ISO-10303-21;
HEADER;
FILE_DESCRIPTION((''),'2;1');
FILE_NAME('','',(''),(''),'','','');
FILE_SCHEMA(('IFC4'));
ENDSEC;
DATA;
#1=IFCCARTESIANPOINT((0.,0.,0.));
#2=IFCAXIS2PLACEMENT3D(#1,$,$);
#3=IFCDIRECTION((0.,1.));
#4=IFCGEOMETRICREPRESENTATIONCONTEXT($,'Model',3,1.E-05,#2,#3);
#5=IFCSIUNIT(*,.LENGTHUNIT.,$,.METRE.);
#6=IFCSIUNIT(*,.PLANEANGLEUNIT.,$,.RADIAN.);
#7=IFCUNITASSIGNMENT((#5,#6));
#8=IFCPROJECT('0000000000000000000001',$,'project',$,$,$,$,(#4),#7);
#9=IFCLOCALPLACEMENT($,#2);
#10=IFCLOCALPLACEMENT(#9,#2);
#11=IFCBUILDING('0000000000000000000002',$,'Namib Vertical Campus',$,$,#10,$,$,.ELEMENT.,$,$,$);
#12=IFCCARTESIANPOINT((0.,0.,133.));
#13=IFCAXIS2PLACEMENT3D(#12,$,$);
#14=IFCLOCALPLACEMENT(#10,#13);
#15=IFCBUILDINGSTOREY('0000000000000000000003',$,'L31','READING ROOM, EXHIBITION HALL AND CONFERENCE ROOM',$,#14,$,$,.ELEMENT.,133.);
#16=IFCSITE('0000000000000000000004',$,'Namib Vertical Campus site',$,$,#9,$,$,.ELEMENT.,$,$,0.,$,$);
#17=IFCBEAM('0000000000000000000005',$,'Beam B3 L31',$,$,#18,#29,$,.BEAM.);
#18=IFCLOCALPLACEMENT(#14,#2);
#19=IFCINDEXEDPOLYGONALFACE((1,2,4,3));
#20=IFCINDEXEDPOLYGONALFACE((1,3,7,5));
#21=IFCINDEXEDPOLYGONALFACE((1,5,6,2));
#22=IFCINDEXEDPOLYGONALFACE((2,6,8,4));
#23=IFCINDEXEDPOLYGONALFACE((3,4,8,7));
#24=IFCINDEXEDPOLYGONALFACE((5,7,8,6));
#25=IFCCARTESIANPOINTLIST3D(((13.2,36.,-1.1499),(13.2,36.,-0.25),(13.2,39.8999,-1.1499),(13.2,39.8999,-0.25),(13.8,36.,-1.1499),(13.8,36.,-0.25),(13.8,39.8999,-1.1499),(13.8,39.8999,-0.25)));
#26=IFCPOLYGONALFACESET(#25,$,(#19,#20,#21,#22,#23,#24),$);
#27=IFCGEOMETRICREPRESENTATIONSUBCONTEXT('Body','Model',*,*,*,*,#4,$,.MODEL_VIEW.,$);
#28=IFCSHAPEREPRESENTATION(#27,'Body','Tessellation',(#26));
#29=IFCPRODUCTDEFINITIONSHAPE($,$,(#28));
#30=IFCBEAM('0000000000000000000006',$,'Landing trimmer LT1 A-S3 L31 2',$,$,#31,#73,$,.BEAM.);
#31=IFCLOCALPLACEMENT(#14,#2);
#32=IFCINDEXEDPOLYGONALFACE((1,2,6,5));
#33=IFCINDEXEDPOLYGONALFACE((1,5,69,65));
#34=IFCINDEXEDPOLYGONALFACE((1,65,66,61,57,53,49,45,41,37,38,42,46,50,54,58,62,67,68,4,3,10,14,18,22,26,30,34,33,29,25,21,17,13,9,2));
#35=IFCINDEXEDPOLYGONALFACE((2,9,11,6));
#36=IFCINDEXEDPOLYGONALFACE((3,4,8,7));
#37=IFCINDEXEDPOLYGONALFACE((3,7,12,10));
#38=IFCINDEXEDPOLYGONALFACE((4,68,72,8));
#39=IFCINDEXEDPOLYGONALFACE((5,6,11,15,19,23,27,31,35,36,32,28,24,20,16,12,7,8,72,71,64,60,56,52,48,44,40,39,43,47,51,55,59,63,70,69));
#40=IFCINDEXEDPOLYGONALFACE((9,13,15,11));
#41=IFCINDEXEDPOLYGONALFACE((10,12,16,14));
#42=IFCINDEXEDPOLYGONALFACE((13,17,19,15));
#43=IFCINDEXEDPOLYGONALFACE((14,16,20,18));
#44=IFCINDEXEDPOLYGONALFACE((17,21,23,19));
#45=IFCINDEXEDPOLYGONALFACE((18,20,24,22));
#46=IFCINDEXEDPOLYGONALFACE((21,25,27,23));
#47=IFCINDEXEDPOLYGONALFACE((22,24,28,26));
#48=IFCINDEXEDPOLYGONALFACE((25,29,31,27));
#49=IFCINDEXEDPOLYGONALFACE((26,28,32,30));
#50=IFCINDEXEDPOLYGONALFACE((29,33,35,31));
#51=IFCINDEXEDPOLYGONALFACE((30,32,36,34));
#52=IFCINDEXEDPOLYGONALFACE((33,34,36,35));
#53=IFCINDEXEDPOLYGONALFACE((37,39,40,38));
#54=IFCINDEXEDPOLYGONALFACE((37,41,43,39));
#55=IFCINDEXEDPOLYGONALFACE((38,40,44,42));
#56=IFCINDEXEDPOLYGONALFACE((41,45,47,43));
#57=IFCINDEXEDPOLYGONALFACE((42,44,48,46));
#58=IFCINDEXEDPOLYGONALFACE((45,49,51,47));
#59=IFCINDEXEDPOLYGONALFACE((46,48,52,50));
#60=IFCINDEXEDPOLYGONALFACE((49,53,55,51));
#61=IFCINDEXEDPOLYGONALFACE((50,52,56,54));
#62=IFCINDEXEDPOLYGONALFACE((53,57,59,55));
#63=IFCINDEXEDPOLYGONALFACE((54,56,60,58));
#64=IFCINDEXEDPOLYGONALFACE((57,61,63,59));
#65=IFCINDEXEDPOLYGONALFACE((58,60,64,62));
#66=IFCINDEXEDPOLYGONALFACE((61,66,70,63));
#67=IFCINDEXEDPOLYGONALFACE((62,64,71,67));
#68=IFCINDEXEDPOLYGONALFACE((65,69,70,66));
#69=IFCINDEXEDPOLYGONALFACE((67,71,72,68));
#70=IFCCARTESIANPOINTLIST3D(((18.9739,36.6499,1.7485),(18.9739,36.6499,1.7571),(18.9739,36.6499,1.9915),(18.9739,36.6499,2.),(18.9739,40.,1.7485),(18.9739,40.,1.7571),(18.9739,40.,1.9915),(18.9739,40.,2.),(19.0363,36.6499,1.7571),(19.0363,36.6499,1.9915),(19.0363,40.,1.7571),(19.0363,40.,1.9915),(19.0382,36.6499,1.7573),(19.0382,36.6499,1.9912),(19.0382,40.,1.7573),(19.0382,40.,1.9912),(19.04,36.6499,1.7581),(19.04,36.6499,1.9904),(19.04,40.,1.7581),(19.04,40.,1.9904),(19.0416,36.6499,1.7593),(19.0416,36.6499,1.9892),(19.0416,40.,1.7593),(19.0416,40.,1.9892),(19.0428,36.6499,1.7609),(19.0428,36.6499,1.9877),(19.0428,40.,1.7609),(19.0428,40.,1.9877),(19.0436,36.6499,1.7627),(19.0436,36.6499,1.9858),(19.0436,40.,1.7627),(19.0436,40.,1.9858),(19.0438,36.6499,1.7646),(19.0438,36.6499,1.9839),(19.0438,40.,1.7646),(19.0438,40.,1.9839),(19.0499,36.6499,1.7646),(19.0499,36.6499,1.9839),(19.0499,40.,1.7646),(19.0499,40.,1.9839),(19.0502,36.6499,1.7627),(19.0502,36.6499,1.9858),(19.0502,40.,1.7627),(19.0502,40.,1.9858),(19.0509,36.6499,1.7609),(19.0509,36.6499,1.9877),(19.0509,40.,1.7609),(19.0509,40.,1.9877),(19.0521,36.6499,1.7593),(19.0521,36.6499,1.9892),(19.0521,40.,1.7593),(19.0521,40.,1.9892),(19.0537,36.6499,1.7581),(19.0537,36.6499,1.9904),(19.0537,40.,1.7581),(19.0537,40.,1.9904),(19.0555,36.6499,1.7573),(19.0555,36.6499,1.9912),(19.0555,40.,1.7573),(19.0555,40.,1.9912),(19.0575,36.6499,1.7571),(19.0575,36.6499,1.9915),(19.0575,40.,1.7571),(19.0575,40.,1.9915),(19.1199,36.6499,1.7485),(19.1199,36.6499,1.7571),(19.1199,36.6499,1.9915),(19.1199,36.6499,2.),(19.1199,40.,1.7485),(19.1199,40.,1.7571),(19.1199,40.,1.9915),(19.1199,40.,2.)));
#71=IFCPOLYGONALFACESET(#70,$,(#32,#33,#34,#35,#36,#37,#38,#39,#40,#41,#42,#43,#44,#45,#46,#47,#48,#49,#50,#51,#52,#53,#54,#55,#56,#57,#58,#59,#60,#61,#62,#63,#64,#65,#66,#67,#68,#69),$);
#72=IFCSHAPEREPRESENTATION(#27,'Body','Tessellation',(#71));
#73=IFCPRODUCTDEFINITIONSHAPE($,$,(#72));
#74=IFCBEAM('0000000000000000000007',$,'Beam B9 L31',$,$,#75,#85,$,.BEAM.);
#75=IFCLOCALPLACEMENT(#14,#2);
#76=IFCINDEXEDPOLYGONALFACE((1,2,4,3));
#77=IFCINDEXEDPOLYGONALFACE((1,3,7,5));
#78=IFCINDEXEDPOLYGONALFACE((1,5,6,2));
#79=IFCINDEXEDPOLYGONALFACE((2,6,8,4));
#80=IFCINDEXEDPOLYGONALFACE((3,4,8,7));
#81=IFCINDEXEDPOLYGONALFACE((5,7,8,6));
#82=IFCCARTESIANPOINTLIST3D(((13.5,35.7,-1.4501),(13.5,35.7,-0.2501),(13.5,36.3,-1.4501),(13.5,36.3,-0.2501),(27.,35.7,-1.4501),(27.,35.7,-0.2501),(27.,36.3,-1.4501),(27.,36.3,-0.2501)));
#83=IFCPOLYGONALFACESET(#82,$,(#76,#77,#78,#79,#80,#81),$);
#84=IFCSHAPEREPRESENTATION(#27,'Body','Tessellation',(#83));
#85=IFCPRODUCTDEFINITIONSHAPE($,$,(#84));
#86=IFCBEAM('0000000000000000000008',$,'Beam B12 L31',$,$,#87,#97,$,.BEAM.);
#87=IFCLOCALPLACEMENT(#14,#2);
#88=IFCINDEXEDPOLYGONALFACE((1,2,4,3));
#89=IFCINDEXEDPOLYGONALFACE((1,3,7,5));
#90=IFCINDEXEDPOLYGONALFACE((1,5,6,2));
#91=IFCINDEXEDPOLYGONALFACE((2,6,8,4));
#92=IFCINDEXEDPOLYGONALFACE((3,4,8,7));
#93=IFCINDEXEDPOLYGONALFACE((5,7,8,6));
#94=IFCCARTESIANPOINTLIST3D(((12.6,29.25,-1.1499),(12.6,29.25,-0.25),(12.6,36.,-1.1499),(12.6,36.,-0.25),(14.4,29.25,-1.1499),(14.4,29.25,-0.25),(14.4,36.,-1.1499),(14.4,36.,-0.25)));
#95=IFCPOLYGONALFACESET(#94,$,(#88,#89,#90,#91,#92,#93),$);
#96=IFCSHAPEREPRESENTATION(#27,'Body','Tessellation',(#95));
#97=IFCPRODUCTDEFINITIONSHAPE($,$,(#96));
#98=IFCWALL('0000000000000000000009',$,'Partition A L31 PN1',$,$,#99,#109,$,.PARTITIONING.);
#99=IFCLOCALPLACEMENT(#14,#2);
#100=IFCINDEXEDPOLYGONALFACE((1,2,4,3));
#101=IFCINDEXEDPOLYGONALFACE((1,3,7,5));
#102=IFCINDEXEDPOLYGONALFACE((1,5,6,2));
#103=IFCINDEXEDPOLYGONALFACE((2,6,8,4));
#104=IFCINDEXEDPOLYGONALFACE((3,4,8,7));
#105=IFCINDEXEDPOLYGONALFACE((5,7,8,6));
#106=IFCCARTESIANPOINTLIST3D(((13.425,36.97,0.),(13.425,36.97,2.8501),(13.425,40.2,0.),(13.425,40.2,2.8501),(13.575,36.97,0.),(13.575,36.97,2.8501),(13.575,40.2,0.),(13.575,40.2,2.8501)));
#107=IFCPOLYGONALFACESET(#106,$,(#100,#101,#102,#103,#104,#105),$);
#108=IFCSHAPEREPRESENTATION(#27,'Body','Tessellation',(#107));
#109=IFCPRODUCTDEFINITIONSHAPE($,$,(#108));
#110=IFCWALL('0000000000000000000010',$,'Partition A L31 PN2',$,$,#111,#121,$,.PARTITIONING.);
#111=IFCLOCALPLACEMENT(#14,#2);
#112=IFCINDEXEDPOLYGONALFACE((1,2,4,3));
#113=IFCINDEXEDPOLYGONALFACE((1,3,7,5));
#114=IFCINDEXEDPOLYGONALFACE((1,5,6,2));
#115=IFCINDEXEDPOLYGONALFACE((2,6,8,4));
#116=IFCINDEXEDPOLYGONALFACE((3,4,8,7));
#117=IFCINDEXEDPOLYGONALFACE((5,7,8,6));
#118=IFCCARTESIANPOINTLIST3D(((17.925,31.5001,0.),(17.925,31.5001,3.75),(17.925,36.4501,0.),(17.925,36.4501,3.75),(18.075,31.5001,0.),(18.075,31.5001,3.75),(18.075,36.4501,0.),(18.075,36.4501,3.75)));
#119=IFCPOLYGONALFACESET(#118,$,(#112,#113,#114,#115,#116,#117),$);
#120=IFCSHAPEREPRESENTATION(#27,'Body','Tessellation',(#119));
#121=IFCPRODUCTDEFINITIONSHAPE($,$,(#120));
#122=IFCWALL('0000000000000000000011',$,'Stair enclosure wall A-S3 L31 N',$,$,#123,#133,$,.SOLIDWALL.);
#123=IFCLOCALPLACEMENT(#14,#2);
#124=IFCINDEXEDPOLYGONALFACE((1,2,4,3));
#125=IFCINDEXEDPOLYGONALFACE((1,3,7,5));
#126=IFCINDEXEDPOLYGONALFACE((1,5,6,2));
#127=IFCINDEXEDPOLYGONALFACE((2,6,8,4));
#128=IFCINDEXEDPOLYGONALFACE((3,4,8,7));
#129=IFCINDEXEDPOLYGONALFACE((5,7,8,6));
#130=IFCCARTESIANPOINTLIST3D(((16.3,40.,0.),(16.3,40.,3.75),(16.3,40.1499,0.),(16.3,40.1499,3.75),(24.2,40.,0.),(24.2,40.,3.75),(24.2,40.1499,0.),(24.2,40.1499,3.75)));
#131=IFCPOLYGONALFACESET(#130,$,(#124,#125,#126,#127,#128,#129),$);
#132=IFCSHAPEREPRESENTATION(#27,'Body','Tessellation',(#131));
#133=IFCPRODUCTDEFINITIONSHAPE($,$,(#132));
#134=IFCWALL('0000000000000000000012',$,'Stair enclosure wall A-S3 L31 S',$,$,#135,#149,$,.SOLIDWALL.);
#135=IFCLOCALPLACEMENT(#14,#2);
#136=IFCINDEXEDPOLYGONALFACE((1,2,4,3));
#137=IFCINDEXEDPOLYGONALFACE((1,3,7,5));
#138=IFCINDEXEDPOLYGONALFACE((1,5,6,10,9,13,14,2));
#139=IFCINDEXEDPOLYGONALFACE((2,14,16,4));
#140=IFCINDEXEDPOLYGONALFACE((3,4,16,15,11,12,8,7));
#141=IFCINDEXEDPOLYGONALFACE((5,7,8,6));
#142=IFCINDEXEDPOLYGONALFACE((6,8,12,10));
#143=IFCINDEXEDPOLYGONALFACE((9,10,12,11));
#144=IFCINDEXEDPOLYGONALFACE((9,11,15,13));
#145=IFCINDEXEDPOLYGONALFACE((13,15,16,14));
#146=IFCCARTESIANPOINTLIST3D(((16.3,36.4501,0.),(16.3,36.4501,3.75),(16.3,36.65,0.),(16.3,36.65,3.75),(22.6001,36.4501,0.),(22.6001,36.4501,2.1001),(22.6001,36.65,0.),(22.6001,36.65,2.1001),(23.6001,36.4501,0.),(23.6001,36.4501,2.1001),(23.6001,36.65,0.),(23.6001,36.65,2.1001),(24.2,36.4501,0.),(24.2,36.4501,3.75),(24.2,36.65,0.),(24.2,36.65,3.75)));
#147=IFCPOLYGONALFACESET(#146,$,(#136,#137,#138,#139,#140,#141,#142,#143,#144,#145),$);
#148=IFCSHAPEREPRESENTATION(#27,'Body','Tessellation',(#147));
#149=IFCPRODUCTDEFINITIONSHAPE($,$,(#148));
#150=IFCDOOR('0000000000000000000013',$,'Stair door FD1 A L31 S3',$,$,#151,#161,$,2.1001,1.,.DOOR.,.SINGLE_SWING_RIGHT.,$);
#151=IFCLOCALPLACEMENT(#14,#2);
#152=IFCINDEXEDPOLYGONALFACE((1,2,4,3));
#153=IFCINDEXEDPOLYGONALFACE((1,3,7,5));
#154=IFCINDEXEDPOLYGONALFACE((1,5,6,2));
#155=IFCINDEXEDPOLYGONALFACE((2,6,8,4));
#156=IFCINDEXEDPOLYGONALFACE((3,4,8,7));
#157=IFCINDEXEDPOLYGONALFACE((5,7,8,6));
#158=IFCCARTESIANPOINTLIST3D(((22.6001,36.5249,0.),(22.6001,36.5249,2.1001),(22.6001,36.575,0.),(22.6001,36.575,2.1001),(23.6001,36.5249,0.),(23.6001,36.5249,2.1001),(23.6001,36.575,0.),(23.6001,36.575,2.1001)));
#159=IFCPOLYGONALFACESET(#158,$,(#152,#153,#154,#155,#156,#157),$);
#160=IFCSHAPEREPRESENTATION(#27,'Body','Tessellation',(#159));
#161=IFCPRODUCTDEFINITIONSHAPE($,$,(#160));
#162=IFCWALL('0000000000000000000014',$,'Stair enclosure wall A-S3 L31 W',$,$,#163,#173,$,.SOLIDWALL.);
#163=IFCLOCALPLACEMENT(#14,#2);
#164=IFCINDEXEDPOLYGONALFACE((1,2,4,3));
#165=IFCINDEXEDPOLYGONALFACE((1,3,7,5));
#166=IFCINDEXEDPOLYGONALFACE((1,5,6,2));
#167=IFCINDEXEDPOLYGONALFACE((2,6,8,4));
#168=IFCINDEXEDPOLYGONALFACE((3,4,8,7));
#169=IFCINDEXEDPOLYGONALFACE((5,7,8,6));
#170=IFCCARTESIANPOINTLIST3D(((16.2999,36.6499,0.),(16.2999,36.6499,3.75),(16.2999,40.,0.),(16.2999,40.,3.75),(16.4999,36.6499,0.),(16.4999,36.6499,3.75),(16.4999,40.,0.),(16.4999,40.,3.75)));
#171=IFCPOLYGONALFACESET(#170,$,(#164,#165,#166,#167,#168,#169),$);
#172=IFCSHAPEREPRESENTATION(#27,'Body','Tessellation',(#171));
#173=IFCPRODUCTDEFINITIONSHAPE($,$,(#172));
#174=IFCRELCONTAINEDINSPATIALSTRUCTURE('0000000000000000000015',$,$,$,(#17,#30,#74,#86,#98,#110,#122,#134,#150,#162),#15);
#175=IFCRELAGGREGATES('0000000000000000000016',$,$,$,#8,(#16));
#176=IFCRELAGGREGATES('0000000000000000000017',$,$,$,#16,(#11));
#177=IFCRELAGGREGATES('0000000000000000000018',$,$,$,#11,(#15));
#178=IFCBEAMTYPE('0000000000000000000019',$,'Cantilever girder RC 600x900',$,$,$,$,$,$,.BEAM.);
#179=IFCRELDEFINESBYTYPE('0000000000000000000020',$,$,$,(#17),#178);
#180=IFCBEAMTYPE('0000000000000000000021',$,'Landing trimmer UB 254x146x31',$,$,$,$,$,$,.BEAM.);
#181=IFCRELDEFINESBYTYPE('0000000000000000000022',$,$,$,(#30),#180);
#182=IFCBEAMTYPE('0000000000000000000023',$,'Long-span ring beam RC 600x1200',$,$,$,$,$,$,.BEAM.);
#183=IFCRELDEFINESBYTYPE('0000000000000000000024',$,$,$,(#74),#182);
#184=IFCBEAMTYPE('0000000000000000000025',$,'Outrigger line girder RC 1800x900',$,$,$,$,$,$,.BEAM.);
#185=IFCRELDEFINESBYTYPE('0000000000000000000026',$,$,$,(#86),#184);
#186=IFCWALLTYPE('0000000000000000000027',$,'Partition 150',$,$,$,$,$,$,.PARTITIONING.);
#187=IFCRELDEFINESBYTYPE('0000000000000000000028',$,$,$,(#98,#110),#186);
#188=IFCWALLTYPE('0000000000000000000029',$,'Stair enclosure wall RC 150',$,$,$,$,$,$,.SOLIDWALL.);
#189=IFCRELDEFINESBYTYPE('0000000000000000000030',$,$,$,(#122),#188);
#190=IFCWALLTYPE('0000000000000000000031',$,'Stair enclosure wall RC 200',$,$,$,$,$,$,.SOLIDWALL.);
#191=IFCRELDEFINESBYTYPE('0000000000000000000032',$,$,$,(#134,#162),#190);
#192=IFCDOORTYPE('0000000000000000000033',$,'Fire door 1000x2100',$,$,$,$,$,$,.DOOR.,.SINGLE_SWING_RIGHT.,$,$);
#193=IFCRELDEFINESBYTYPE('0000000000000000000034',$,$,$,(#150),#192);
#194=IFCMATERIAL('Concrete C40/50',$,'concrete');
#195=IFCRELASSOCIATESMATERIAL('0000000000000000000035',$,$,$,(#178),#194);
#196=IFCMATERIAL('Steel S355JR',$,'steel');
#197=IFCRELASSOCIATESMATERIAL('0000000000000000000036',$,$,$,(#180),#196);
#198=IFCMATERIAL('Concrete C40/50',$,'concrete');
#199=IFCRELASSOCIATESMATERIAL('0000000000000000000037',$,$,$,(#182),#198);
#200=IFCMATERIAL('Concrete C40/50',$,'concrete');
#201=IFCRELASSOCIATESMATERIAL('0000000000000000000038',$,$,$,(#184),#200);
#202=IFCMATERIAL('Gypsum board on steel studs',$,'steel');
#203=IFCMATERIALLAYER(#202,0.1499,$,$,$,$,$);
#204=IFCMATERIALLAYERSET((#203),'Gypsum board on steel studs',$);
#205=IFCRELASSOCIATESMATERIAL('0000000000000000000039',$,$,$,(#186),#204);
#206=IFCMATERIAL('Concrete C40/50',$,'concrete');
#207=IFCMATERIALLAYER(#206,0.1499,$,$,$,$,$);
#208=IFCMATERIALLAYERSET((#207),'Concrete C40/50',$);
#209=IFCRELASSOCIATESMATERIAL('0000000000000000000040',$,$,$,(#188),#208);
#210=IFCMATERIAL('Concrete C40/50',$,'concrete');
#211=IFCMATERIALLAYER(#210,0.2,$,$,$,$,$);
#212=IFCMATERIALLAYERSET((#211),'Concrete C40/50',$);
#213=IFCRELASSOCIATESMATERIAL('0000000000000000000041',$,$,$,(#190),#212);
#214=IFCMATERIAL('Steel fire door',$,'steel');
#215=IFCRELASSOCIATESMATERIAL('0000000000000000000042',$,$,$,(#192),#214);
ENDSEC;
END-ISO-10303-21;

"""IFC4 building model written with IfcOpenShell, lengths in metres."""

from ifc_helpers import new_model, si_unit, direction, frame, frame_2d, origin, origin_2d, place, context, subcontext, project, spatial, rectangle, i_section, extrude, material, layer, layer_set, material_profile, profile_set, type_object, element, fill, save


model = new_model("IFC4")

# Units and contexts
model_context = context("Model", 3, precision=1e-05, world=origin(), true_north=direction((0.0, 1.0)))
body_context = subcontext(model_context, "Body", "Model", "MODEL_VIEW")
ifc_project = project(units=[si_unit("LENGTHUNIT", "METRE"), si_unit("PLANEANGLEUNIT", "RADIAN")], contexts=[model_context])

# Site, building, storey
site_placement = place(None, origin())
site = spatial("IfcSite", under=ifc_project, at=site_placement, Name="Namib Vertical Campus site", CompositionType="ELEMENT", RefElevation=0.0)
building_placement = place(site_placement, origin())
building = spatial("IfcBuilding", under=site, at=building_placement, Name="Namib Vertical Campus", CompositionType="ELEMENT")
storey_placement = place(building_placement, frame((0.0, 0.0, 133.0)))
storey = spatial("IfcBuildingStorey", under=building, at=storey_placement, Name="L31", Description="READING ROOM, EXHIBITION HALL AND CONFERENCE ROOM", CompositionType="ELEMENT", Elevation=133.0)

# Beams
ifc_material_1 = material(Name="Concrete C40/50", Category="concrete")
ifc_material_profile_1 = material_profile(ifc_material_1, rectangle(XDim=0.6001, YDim=0.8999, at=origin_2d()))
ifc_profile_set_1 = profile_set([ifc_material_profile_1], Name="Concrete C40/50")
beam_type_1 = type_object("IfcBeamType", Name="Cantilever girder RC 600x900", PredefinedType="BEAM", material=ifc_profile_set_1)
beam_1_placement = place(storey_placement, frame((13.5, 36.0, -0.7), z_axis=(0.0, 1.0, 0.0), x_axis=(-1.0, 0.0, 0.0)))
element("IfcBeam", 1, at=beam_1_placement, inside=storey, type_object=beam_type_1, Name="Beam B3 L31", PredefinedType="BEAM", context=body_context, shape_type="SweptSolid", body=[
    extrude(rectangle(XDim=0.6001, YDim=0.8999, at=origin_2d()), origin(), (0.0, 0.0, 1.0), 3.8999),
])
ifc_material_2 = material(Name="Steel S355JR", Category="steel")
ifc_material_profile_2 = material_profile(ifc_material_2, i_section(OverallWidth=0.146, OverallDepth=0.2515, WebThickness=0.0061, FlangeThickness=0.0085, FilletRadius=0.0076, at=origin_2d()))
ifc_profile_set_2 = profile_set([ifc_material_profile_2], Name="Steel S355JR")
beam_type_2 = type_object("IfcBeamType", Name="Landing trimmer UB 254x146x31", PredefinedType="BEAM", material=ifc_profile_set_2)
beam_2_placement = place(storey_placement, frame((19.0469, 36.6499, 1.8743), z_axis=(0.0, 1.0, 0.0), x_axis=(-1.0, 0.0, 0.0)))
element("IfcBeam", 2, at=beam_2_placement, inside=storey, type_object=beam_type_2, Name="Landing trimmer LT1 A-S3 L31 2", PredefinedType="BEAM", context=body_context, shape_type="SweptSolid", body=[
    extrude(i_section(OverallWidth=0.146, OverallDepth=0.2515, WebThickness=0.0061, FlangeThickness=0.0085, FilletRadius=0.0076, at=origin_2d()), origin(), (0.0, 0.0, 1.0), 3.3501),
])
ifc_material_3 = material(Name="Concrete C40/50", Category="concrete")
ifc_material_profile_3 = material_profile(ifc_material_3, rectangle(XDim=0.6001, YDim=1.2, at=origin_2d()))
ifc_profile_set_3 = profile_set([ifc_material_profile_3], Name="Concrete C40/50")
beam_type_3 = type_object("IfcBeamType", Name="Long-span ring beam RC 600x1200", PredefinedType="BEAM", material=ifc_profile_set_3)
beam_3_placement = place(storey_placement, frame((13.5, 36.0, -0.8501), z_axis=(1.0, 0.0, 0.0), x_axis=(0.0, 1.0, 0.0)))
element("IfcBeam", 3, at=beam_3_placement, inside=storey, type_object=beam_type_3, Name="Beam B9 L31", PredefinedType="BEAM", context=body_context, shape_type="SweptSolid", body=[
    extrude(rectangle(XDim=0.6001, YDim=1.2, at=origin_2d()), origin(), (0.0, 0.0, 1.0), 13.5),
])
ifc_material_4 = material(Name="Concrete C40/50", Category="concrete")
ifc_material_profile_4 = material_profile(ifc_material_4, rectangle(XDim=1.8, YDim=0.8999, at=origin_2d()))
ifc_profile_set_4 = profile_set([ifc_material_profile_4], Name="Concrete C40/50")
beam_type_4 = type_object("IfcBeamType", Name="Outrigger line girder RC 1800x900", PredefinedType="BEAM", material=ifc_profile_set_4)
beam_4_placement = place(storey_placement, frame((13.5, 36.0, -0.7), z_axis=(0.0, -1.0, 0.0), x_axis=(1.0, 0.0, 0.0)))
element("IfcBeam", 4, at=beam_4_placement, inside=storey, type_object=beam_type_4, Name="Beam B12 L31", PredefinedType="BEAM", context=body_context, shape_type="SweptSolid", body=[
    extrude(rectangle(XDim=1.8, YDim=0.8999, at=origin_2d()), origin(), (0.0, 0.0, 1.0), 6.75),
])

# Walls
ifc_material_5 = material(Name="Gypsum board on steel studs", Category="steel")
ifc_layer_1 = layer(ifc_material_5, 0.1499)
ifc_layer_set_1 = layer_set([ifc_layer_1], Name="Gypsum board on steel studs")
wall_type_1 = type_object("IfcWallType", Name="Partition 150", PredefinedType="PARTITIONING", material=ifc_layer_set_1)
wall_1_placement = place(storey_placement, frame((13.5, 36.97, 0.0), z_axis=(0.0, 0.0, 1.0), x_axis=(0.0, 1.0, 0.0)))
element("IfcWall", 5, at=wall_1_placement, inside=storey, type_object=wall_type_1, Name="Partition A L31 PN1", PredefinedType="PARTITIONING", context=body_context, shape_type="SweptSolid", body=[
    extrude(rectangle(XDim=3.23, YDim=0.1499, at=frame_2d((1.615, 0.0))), origin(), (0.0, 0.0, 1.0), 2.8501),
])
wall_2_placement = place(storey_placement, frame((18.0, 31.5, 0.0), z_axis=(0.0, 0.0, 1.0), x_axis=(0.0, 1.0, 0.0)))
element("IfcWall", 6, at=wall_2_placement, inside=storey, type_object=wall_type_1, Name="Partition A L31 PN2", PredefinedType="PARTITIONING", context=body_context, shape_type="SweptSolid", body=[
    extrude(rectangle(XDim=4.95, YDim=0.1499, at=frame_2d((2.4751, 0.0))), origin(), (0.0, 0.0, 1.0), 3.75),
])
ifc_material_6 = material(Name="Concrete C40/50", Category="concrete")
ifc_layer_2 = layer(ifc_material_6, 0.1499)
ifc_layer_set_2 = layer_set([ifc_layer_2], Name="Concrete C40/50")
wall_type_2 = type_object("IfcWallType", Name="Stair enclosure wall RC 150", PredefinedType="SOLIDWALL", material=ifc_layer_set_2)
wall_3_placement = place(storey_placement, frame((16.3, 40.075, 0.0), z_axis=(0.0, 0.0, 1.0), x_axis=(1.0, 0.0, 0.0)))
element("IfcWall", 7, at=wall_3_placement, inside=storey, type_object=wall_type_2, Name="Stair enclosure wall A-S3 L31 N", PredefinedType="SOLIDWALL", context=body_context, shape_type="SweptSolid", body=[
    extrude(rectangle(XDim=7.8999, YDim=0.1499, at=frame_2d((3.95, 0.0))), origin(), (0.0, 0.0, 1.0), 3.75),
])

# Wall, opening, door
ifc_material_7 = material(Name="Concrete C40/50", Category="concrete")
ifc_layer_3 = layer(ifc_material_7, 0.2)
ifc_layer_set_3 = layer_set([ifc_layer_3], Name="Concrete C40/50")
wall_type_3 = type_object("IfcWallType", Name="Stair enclosure wall RC 200", PredefinedType="SOLIDWALL", material=ifc_layer_set_3)
wall_4_placement = place(storey_placement, frame((16.3, 36.55, 0.0), z_axis=(0.0, 0.0, 1.0), x_axis=(1.0, 0.0, 0.0)))
wall_4 = element("IfcWall", 8, at=wall_4_placement, inside=storey, type_object=wall_type_3, Name="Stair enclosure wall A-S3 L31 S", PredefinedType="SOLIDWALL", context=body_context, shape_type="SweptSolid", body=[
    extrude(rectangle(XDim=7.8999, YDim=0.2, at=frame_2d((3.95, 0.0))), origin(), (0.0, 0.0, 1.0), 3.75),
])
opening_placement = place(wall_4_placement, frame((6.3, 0.0, 0.0)))
opening = element("IfcOpeningElement", 9, at=opening_placement, cuts=wall_4, PredefinedType="OPENING", context=body_context, shape_type="SweptSolid", body=[
    extrude(rectangle(XDim=1.0, YDim=2.1001, at=frame_2d((0.5, 1.05))), frame((0.0, 0.1099, 0.0), z_axis=(0.0, -1.0, 0.0), x_axis=(1.0, 0.0, 0.0)), (0.0, 0.0, 1.0), 0.22),
])
ifc_material_8 = material(Name="Steel fire door", Category="steel")
door_type = type_object("IfcDoorType", Name="Fire door 1000x2100", OperationType="SINGLE_SWING_RIGHT", PredefinedType="DOOR", material=ifc_material_8)
door_placement = place(opening_placement, origin())
door = element("IfcDoor", 10, at=door_placement, inside=storey, type_object=door_type, Name="Stair door FD1 A L31 S3", OperationType="SINGLE_SWING_RIGHT", OverallHeight=2.1001, OverallWidth=1.0, PredefinedType="DOOR", context=body_context, shape_type="SweptSolid", body=[
    extrude(rectangle(XDim=1.0, YDim=2.1001, at=frame_2d((0.5, 1.05))), frame((0.0, 0.0249, 0.0), z_axis=(0.0, -1.0, 0.0), x_axis=(1.0, 0.0, 0.0)), (0.0, 0.0, 1.0), 0.05),
])
fill(opening, door)

# Wall
wall_5_placement = place(storey_placement, frame((16.3999, 36.6499, 0.0), z_axis=(0.0, 0.0, 1.0), x_axis=(0.0, 1.0, 0.0)))
element("IfcWall", 11, at=wall_5_placement, inside=storey, type_object=wall_type_3, Name="Stair enclosure wall A-S3 L31 W", PredefinedType="SOLIDWALL", context=body_context, shape_type="SweptSolid", body=[
    extrude(rectangle(XDim=3.3501, YDim=0.2, at=frame_2d((1.675, 0.0))), origin(), (0.0, 0.0, 1.0), 3.75),
])

save(model, "model.ifc")
